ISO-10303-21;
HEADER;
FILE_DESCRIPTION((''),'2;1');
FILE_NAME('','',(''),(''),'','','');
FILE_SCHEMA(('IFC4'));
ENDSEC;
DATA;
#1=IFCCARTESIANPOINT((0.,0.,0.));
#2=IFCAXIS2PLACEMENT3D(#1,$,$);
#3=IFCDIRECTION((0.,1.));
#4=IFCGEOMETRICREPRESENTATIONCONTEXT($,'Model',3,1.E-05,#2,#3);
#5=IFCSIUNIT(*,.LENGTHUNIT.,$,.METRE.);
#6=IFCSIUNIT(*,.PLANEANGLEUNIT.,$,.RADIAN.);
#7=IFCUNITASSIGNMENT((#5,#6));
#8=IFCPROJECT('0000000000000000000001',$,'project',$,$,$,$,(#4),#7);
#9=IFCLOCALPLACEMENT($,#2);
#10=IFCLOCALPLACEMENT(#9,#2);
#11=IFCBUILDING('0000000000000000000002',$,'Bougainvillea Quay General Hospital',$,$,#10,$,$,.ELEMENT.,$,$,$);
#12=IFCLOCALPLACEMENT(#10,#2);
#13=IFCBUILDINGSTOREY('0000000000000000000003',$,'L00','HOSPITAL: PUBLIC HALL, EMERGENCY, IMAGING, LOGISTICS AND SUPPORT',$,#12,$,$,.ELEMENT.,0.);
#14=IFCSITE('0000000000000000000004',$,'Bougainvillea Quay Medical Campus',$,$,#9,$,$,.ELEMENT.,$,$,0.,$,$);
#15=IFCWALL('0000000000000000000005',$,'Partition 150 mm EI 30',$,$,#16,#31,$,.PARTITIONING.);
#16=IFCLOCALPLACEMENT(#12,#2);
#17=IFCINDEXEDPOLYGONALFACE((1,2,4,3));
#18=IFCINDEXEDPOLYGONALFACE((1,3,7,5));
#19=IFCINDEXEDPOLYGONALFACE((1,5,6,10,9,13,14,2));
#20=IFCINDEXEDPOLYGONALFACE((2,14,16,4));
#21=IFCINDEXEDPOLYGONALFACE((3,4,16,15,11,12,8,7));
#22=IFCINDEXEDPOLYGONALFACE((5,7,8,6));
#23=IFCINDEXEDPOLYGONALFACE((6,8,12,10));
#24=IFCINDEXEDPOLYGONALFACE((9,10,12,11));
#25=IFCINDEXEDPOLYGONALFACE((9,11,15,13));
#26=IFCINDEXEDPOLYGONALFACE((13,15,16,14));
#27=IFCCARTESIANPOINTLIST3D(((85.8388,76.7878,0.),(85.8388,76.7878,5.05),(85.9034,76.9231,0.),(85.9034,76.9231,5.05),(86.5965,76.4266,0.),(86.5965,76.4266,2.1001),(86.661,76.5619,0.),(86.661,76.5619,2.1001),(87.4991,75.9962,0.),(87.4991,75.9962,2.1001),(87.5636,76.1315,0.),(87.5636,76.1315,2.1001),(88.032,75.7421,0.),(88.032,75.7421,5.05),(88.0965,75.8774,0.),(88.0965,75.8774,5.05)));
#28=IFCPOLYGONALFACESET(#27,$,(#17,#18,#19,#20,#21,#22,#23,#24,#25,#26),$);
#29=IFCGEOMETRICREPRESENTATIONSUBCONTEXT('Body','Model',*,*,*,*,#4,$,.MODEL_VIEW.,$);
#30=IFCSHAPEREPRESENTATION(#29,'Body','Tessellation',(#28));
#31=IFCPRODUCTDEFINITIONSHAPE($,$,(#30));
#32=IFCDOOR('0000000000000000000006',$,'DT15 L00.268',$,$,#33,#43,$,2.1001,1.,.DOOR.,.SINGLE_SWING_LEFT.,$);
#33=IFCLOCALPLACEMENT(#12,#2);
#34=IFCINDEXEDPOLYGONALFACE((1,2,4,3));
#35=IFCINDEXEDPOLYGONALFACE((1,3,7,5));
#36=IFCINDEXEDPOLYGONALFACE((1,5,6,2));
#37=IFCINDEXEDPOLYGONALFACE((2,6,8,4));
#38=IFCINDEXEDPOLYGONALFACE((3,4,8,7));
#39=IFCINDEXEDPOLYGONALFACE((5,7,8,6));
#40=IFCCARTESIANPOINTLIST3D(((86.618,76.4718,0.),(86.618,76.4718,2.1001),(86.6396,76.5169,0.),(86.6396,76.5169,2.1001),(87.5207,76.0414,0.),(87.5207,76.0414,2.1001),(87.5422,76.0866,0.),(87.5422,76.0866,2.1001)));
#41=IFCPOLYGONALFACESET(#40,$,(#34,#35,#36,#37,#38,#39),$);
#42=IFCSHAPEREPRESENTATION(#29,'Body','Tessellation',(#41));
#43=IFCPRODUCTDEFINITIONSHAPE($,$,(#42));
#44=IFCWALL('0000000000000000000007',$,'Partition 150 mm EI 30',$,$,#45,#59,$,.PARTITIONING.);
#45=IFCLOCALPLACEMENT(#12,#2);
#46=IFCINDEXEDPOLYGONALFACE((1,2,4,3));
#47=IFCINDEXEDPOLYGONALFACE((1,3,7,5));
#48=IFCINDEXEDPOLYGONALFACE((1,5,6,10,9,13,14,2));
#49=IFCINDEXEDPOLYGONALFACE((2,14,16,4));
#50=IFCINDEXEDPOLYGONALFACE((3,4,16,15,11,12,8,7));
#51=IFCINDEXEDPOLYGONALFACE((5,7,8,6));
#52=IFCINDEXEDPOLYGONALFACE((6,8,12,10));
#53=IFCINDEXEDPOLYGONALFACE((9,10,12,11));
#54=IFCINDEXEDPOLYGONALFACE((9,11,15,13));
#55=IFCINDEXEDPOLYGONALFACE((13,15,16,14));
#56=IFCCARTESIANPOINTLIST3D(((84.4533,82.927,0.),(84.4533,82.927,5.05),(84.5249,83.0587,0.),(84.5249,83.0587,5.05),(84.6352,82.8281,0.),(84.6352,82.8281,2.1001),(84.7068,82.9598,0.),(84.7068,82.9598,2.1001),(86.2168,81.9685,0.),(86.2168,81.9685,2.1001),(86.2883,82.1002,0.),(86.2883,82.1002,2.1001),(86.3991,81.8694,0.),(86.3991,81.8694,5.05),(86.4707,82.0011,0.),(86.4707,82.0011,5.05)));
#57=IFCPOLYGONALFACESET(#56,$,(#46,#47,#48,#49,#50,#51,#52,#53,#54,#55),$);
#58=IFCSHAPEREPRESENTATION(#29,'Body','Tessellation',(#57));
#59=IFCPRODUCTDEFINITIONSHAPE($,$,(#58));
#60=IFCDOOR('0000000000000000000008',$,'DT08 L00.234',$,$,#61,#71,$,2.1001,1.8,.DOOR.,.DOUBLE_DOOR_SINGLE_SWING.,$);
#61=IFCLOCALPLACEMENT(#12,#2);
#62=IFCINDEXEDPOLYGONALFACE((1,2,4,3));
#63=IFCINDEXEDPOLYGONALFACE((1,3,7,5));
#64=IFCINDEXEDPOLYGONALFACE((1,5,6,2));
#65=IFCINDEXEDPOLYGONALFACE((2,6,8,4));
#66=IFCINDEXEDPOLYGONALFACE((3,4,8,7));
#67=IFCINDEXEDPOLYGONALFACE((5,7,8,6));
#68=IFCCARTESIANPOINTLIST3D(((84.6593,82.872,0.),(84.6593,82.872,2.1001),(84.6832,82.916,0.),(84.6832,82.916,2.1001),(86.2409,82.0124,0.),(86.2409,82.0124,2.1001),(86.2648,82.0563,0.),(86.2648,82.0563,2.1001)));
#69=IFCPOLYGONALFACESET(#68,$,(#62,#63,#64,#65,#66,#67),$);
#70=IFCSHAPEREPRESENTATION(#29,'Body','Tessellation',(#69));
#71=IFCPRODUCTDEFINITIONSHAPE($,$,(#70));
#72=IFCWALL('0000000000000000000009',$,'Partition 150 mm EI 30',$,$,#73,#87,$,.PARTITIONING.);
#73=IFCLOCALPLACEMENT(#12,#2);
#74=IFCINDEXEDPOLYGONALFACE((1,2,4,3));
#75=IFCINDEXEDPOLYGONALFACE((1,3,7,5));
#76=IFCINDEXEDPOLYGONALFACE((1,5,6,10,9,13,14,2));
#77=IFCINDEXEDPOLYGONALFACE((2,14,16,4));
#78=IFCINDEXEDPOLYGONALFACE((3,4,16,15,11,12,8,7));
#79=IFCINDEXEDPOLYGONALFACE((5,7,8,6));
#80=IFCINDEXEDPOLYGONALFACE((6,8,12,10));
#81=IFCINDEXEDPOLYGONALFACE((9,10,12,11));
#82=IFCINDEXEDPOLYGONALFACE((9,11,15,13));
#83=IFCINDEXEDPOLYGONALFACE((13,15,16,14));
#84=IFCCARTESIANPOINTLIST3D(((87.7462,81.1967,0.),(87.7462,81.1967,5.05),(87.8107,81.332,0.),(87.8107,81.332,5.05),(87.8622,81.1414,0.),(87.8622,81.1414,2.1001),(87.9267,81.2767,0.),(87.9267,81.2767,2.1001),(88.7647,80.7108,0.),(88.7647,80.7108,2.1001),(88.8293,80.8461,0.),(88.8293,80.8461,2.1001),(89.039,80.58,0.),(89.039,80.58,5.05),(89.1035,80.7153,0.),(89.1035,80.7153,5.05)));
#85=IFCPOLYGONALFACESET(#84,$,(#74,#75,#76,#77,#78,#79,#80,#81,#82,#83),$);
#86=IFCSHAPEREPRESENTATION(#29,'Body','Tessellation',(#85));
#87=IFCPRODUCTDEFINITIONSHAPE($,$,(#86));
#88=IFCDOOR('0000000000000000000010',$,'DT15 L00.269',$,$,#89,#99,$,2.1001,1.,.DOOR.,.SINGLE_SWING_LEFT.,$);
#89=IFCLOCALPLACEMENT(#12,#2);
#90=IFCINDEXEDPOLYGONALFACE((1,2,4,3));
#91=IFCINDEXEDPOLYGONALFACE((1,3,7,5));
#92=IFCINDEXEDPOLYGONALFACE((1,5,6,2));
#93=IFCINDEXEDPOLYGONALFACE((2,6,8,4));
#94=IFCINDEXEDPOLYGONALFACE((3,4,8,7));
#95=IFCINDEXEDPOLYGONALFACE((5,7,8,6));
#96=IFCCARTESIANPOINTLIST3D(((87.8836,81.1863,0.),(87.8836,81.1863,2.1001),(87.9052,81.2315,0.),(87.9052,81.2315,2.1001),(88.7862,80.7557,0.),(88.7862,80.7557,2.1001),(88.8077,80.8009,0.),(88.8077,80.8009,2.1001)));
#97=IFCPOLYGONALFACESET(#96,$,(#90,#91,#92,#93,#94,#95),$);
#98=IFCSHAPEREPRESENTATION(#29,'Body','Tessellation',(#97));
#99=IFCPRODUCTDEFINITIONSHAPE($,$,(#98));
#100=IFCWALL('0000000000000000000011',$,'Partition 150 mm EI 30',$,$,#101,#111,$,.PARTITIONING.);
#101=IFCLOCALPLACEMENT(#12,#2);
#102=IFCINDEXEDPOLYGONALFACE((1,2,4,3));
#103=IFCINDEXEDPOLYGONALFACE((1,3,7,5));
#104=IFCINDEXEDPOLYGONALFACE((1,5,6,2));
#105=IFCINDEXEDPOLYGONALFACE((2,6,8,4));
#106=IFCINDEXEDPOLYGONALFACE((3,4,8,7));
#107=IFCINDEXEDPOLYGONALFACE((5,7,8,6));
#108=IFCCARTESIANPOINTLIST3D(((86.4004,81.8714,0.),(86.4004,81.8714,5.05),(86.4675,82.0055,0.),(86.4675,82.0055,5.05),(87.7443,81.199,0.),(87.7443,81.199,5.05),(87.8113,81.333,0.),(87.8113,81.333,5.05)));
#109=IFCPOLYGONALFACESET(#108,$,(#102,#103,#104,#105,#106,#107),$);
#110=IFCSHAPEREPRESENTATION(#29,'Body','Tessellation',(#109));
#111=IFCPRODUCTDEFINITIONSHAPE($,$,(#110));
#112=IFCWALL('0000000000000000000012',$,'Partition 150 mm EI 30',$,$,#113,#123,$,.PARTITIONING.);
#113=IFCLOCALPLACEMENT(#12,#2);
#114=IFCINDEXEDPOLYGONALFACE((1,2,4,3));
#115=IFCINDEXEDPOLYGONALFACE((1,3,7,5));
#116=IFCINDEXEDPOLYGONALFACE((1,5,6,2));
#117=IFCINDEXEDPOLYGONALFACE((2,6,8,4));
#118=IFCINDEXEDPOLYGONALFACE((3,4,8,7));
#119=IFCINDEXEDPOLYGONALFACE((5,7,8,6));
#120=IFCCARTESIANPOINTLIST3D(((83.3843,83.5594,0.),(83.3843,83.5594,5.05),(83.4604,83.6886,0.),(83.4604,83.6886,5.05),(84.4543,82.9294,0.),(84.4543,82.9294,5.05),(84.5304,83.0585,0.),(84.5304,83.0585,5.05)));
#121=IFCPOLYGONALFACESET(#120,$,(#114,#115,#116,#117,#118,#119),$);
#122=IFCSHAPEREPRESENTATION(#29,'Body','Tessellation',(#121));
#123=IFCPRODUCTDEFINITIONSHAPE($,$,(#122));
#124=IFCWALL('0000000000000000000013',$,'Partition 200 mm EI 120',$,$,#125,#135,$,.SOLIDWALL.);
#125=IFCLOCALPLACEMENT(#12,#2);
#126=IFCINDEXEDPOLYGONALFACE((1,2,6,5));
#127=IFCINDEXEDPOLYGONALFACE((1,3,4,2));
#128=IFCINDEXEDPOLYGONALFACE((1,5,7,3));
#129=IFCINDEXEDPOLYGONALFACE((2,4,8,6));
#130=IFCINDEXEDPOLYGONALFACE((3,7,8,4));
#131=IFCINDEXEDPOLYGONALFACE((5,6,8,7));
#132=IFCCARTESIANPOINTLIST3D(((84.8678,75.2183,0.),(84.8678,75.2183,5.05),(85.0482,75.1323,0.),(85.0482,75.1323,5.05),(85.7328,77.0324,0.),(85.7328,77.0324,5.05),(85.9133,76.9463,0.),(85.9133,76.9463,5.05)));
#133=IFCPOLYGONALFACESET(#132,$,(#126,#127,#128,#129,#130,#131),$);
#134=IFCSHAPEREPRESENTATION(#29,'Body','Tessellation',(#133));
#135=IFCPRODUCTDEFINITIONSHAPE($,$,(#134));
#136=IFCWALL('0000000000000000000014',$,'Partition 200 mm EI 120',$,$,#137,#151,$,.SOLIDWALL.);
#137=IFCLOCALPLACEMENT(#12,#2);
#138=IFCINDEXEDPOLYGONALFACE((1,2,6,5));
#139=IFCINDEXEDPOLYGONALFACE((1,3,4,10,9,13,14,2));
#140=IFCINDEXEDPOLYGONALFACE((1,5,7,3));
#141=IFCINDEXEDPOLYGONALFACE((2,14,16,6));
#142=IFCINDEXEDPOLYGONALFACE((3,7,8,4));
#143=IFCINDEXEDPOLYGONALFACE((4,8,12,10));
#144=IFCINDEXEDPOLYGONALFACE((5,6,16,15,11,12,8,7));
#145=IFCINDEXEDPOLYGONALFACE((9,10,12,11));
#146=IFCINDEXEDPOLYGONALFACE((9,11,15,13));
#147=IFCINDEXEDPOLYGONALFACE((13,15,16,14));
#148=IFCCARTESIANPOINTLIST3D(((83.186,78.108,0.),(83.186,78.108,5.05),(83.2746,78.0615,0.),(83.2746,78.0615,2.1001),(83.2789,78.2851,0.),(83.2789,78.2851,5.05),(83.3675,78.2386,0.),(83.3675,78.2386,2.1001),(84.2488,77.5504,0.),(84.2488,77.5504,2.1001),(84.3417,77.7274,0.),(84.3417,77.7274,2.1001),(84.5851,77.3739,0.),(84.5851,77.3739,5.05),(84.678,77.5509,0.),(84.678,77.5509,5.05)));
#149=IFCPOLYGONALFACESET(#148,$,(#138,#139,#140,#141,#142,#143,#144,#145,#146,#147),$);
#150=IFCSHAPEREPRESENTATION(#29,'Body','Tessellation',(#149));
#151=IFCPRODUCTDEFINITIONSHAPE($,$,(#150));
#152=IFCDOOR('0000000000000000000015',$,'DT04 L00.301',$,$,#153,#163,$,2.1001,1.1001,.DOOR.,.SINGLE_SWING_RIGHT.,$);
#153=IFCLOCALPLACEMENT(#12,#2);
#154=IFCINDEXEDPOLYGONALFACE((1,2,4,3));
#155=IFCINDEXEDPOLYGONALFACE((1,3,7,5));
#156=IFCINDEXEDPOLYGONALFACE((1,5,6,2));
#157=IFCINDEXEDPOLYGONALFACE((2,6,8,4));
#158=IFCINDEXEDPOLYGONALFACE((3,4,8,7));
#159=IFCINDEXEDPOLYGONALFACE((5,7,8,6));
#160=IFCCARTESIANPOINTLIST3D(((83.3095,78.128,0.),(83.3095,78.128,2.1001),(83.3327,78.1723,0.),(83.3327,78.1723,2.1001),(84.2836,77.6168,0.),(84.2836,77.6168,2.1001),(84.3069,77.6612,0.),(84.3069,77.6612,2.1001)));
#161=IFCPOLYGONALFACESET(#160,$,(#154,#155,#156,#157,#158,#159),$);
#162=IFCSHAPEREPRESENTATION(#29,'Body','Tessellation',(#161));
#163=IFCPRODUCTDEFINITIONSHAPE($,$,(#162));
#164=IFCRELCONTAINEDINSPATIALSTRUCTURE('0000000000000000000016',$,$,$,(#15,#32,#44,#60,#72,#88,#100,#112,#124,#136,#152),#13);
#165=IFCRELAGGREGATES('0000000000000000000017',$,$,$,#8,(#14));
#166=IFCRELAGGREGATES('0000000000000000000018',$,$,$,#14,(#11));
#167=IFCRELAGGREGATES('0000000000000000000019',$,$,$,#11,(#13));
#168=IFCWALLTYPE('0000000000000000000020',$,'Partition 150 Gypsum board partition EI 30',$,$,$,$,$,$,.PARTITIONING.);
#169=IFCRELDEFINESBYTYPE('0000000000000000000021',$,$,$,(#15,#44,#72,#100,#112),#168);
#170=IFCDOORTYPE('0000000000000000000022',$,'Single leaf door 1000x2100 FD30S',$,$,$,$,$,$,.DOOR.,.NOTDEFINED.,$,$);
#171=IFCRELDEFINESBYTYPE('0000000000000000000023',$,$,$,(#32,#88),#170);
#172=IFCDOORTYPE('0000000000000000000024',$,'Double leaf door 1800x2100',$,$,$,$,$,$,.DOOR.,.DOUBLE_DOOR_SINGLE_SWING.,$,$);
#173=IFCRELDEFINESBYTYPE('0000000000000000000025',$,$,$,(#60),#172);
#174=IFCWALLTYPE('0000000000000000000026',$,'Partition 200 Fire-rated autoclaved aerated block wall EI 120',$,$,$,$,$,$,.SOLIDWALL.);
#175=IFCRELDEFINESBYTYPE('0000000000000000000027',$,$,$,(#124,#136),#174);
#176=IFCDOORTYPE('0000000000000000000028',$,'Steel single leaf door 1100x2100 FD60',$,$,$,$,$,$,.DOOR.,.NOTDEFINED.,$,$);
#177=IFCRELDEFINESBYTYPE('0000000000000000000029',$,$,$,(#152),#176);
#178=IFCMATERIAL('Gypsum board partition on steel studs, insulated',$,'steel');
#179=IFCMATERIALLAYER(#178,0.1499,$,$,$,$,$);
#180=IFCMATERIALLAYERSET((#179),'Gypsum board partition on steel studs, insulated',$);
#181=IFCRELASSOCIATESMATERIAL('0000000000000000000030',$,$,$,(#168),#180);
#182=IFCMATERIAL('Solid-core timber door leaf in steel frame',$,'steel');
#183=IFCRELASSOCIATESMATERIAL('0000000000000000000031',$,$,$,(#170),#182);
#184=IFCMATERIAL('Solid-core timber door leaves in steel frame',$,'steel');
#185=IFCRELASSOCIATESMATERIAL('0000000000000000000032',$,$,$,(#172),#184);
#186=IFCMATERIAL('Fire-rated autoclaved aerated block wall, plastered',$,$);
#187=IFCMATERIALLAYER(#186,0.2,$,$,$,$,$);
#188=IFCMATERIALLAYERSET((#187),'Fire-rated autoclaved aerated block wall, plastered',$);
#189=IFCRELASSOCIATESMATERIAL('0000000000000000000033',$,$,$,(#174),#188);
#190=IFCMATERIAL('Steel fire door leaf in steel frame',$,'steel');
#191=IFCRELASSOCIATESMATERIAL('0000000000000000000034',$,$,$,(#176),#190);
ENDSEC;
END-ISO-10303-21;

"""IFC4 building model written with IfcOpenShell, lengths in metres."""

from ifc_helpers import new_model, si_unit, direction, frame, frame_2d, origin, place, context, subcontext, project, spatial, rectangle, extrude, material, layer, layer_set, type_object, element, fill, save


model = new_model("IFC4")

# Units and contexts
model_context = context("Model", 3, precision=1e-05, world=origin(), true_north=direction((0.0, 1.0)))
body_context = subcontext(model_context, "Body", "Model", "MODEL_VIEW")
ifc_project = project(units=[si_unit("LENGTHUNIT", "METRE"), si_unit("PLANEANGLEUNIT", "RADIAN")], contexts=[model_context])

# Site, building, storey
site_placement = place(None, origin())
site = spatial("IfcSite", under=ifc_project, at=site_placement, Name="Bougainvillea Quay Medical Campus", CompositionType="ELEMENT", RefElevation=0.0)
building_placement = place(site_placement, origin())
building = spatial("IfcBuilding", under=site, at=building_placement, Name="Bougainvillea Quay General Hospital", CompositionType="ELEMENT")
storey_placement = place(building_placement, origin())
storey = spatial("IfcBuildingStorey", under=building, at=storey_placement, Name="L00", Description="HOSPITAL: PUBLIC HALL, EMERGENCY, IMAGING, LOGISTICS AND SUPPORT", CompositionType="ELEMENT", Elevation=0.0)

# Walls, openings, doors
ifc_material_1 = material(Name="Gypsum board partition on steel studs, insulated", Category="steel")
ifc_layer_1 = layer(ifc_material_1, 0.1499)
ifc_layer_set_1 = layer_set([ifc_layer_1], Name="Gypsum board partition on steel studs, insulated")
wall_type_1 = type_object("IfcWallType", Name="Partition 150 Gypsum board partition EI 30", PredefinedType="PARTITIONING", material=ifc_layer_set_1)
wall_1_placement = place(storey_placement, frame((85.8711, 76.8555, 0.0), z_axis=(0.0, 0.0, 1.0), x_axis=(0.902651, -0.430374, 0.0)))
wall_1 = element("IfcWall", 1, at=wall_1_placement, inside=storey, type_object=wall_type_1, Name="Partition 150 mm EI 30", PredefinedType="PARTITIONING", context=body_context, shape_type="SweptSolid", body=[
    extrude(rectangle(XDim=2.4297, YDim=0.1499, at=frame_2d((1.2148, 0.0))), origin(), (0.0, 0.0, 1.0), 5.05),
])
opening_1_placement = place(wall_1_placement, frame((0.8394, 0.0, 0.0)))
opening_1 = element("IfcOpeningElement", 2, at=opening_1_placement, cuts=wall_1, PredefinedType="OPENING", context=body_context, shape_type="SweptSolid", body=[
    extrude(rectangle(XDim=1.0, YDim=2.1001, at=frame_2d((0.5, 1.05))), frame((0.0, 0.085, 0.0), z_axis=(0.0, -1.0, 0.0), x_axis=(1.0, 0.0, 0.0)), (0.0, 0.0, 1.0), 0.1699),
])
ifc_material_2 = material(Name="Solid-core timber door leaf in steel frame", Category="steel")
door_type_1 = type_object("IfcDoorType", Name="Single leaf door 1000x2100 FD30S", OperationType="NOTDEFINED", PredefinedType="DOOR", material=ifc_material_2)
door_1_placement = place(opening_1_placement, frame((1.0, 0.0, 0.0), z_axis=(0.0, 0.0, 1.0), x_axis=(-1.0, 0.0, 0.0)))
door_1 = element("IfcDoor", 3, at=door_1_placement, inside=storey, type_object=door_type_1, Name="DT15 L00.268", OperationType="SINGLE_SWING_LEFT", OverallHeight=2.1001, OverallWidth=1.0, PredefinedType="DOOR", context=body_context, shape_type="SweptSolid", body=[
    extrude(rectangle(XDim=1.0, YDim=2.1001, at=frame_2d((0.5, 1.05))), frame((0.0, 0.0249, 0.0), z_axis=(0.0, -1.0, 0.0), x_axis=(1.0, 0.0, 0.0)), (0.0, 0.0, 1.0), 0.05),
])
fill(opening_1, door_1)
wall_2_placement = place(storey_placement, frame((84.489, 82.9929, 0.0), z_axis=(0.0, 0.0, 1.0), x_axis=(0.878602, -0.477554, 0.0)))
wall_2 = element("IfcWall", 4, at=wall_2_placement, inside=storey, type_object=wall_type_1, Name="Partition 150 mm EI 30", PredefinedType="PARTITIONING", context=body_context, shape_type="SweptSolid", body=[
    extrude(rectangle(XDim=2.2146, YDim=0.1499, at=frame_2d((1.1074, 0.0))), origin(), (0.0, 0.0, 1.0), 5.05),
])
opening_2_placement = place(wall_2_placement, frame((0.2073, 0.0, 0.0)))
opening_2 = element("IfcOpeningElement", 5, at=opening_2_placement, cuts=wall_2, PredefinedType="OPENING", context=body_context, shape_type="SweptSolid", body=[
    extrude(rectangle(XDim=1.8, YDim=2.1001, at=frame_2d((0.8999, 1.05))), frame((0.0, 0.085, 0.0), z_axis=(0.0, -1.0, 0.0), x_axis=(1.0, 0.0, 0.0)), (0.0, 0.0, 1.0), 0.1699),
])
ifc_material_3 = material(Name="Solid-core timber door leaves in steel frame", Category="steel")
door_type_2 = type_object("IfcDoorType", Name="Double leaf door 1800x2100", OperationType="DOUBLE_DOOR_SINGLE_SWING", PredefinedType="DOOR", material=ifc_material_3)
door_2_placement = place(opening_2_placement, frame((1.8, 0.0, 0.0), z_axis=(0.0, 0.0, 1.0), x_axis=(-1.0, 0.0, 0.0)))
door_2 = element("IfcDoor", 6, at=door_2_placement, inside=storey, type_object=door_type_2, Name="DT08 L00.234", OperationType="DOUBLE_DOOR_SINGLE_SWING", OverallHeight=2.1001, OverallWidth=1.8, PredefinedType="DOOR", context=body_context, shape_type="SweptSolid", body=[
    extrude(rectangle(XDim=1.8, YDim=2.1001, at=frame_2d((0.8999, 1.05))), frame((0.0, 0.0249, 0.0), z_axis=(0.0, -1.0, 0.0), x_axis=(1.0, 0.0, 0.0)), (0.0, 0.0, 1.0), 0.05),
])
fill(opening_2, door_2)
wall_3_placement = place(storey_placement, frame((87.7783, 81.2644, 0.0), z_axis=(0.0, 0.0, 1.0), x_axis=(0.902558, -0.430569, 0.0)))
wall_3 = element("IfcWall", 7, at=wall_3_placement, inside=storey, type_object=wall_type_1, Name="Partition 150 mm EI 30", PredefinedType="PARTITIONING", context=body_context, shape_type="SweptSolid", body=[
    extrude(rectangle(XDim=1.4324, YDim=0.1499, at=frame_2d((0.7163, 0.0))), origin(), (0.0, 0.0, 1.0), 5.05),
])
opening_3_placement = place(wall_3_placement, frame((0.1287, 0.0, 0.0)))
opening_3 = element("IfcOpeningElement", 8, at=opening_3_placement, cuts=wall_3, PredefinedType="OPENING", context=body_context, shape_type="SweptSolid", body=[
    extrude(rectangle(XDim=1.0, YDim=2.1001, at=frame_2d((0.5, 1.05))), frame((0.0, 0.085, 0.0), z_axis=(0.0, -1.0, 0.0), x_axis=(1.0, 0.0, 0.0)), (0.0, 0.0, 1.0), 0.1699),
])
door_3_placement = place(opening_3_placement, origin())
door_3 = element("IfcDoor", 9, at=door_3_placement, inside=storey, type_object=door_type_1, Name="DT15 L00.269", OperationType="SINGLE_SWING_LEFT", OverallHeight=2.1001, OverallWidth=1.0, PredefinedType="DOOR", context=body_context, shape_type="SweptSolid", body=[
    extrude(rectangle(XDim=1.0, YDim=2.1001, at=frame_2d((0.5, 1.05))), frame((0.0, 0.0249, 0.0), z_axis=(0.0, -1.0, 0.0), x_axis=(1.0, 0.0, 0.0)), (0.0, 0.0, 1.0), 0.05),
])
fill(opening_3, door_3)

# Walls
wall_4_placement = place(storey_placement, frame((86.4338, 81.9385, 0.0), z_axis=(0.0, 0.0, 1.0), x_axis=(0.894297, -0.447474, 0.0)))
element("IfcWall", 10, at=wall_4_placement, inside=storey, type_object=wall_type_1, Name="Partition 150 mm EI 30", PredefinedType="PARTITIONING", context=body_context, shape_type="SweptSolid", body=[
    extrude(rectangle(XDim=1.5027, YDim=0.1499, at=frame_2d((0.7515, 0.0))), origin(), (0.0, 0.0, 1.0), 5.05),
])
wall_5_placement = place(storey_placement, frame((83.4224, 83.624, 0.0), z_axis=(0.0, 0.0, 1.0), x_axis=(0.861697, -0.507424, 0.0)))
element("IfcWall", 11, at=wall_5_placement, inside=storey, type_object=wall_type_1, Name="Partition 150 mm EI 30", PredefinedType="PARTITIONING", context=body_context, shape_type="SweptSolid", body=[
    extrude(rectangle(XDim=1.2417, YDim=0.1499, at=frame_2d((0.6208, 0.0))), origin(), (0.0, 0.0, 1.0), 5.05),
])
ifc_material_4 = material(Name="Fire-rated autoclaved aerated block wall, plastered")
ifc_layer_2 = layer(ifc_material_4, 0.2)
ifc_layer_set_2 = layer_set([ifc_layer_2], Name="Fire-rated autoclaved aerated block wall, plastered")
wall_type_2 = type_object("IfcWallType", Name="Partition 200 Fire-rated autoclaved aerated block wall EI 120", PredefinedType="SOLIDWALL", material=ifc_layer_set_2)
wall_6_placement = place(storey_placement, frame((84.958, 75.1753, 0.0), z_axis=(0.0, 0.0, 1.0), x_axis=(0.430419, 0.902629, 0.0)))
element("IfcWall", 12, at=wall_6_placement, inside=storey, type_object=wall_type_2, Name="Partition 200 mm EI 120", PredefinedType="SOLIDWALL", context=body_context, shape_type="SweptSolid", body=[
    extrude(rectangle(XDim=2.0098, YDim=0.2, at=frame_2d((1.0049, 0.0))), origin(), (0.0, 0.0, 1.0), 5.05),
])

# Wall, opening, door
wall_7_placement = place(storey_placement, frame((83.2324, 78.1965, 0.0), z_axis=(0.0, 0.0, 1.0), x_axis=(0.885511, -0.464619, 0.0)))
wall_7 = element("IfcWall", 13, at=wall_7_placement, inside=storey, type_object=wall_type_2, Name="Partition 200 mm EI 120", PredefinedType="SOLIDWALL", context=body_context, shape_type="SweptSolid", body=[
    extrude(rectangle(XDim=1.5801, YDim=0.2, at=frame_2d((0.79, 0.0))), origin(), (0.0, 0.0, 1.0), 5.05),
])
opening_4_placement = place(wall_7_placement, frame((0.1001, 0.0, 0.0)))
opening_4 = element("IfcOpeningElement", 14, at=opening_4_placement, cuts=wall_7, PredefinedType="OPENING", context=body_context, shape_type="SweptSolid", body=[
    extrude(rectangle(XDim=1.1001, YDim=2.1001, at=frame_2d((0.55, 1.05))), frame((0.0, 0.1099, 0.0), z_axis=(0.0, -1.0, 0.0), x_axis=(1.0, 0.0, 0.0)), (0.0, 0.0, 1.0), 0.22),
])
ifc_material_5 = material(Name="Steel fire door leaf in steel frame", Category="steel")
door_type_3 = type_object("IfcDoorType", Name="Steel single leaf door 1100x2100 FD60", OperationType="NOTDEFINED", PredefinedType="DOOR", material=ifc_material_5)
door_4_placement = place(opening_4_placement, frame((1.1001, 0.0, 0.0), z_axis=(0.0, 0.0, 1.0), x_axis=(-1.0, 0.0, 0.0)))
door_4 = element("IfcDoor", 15, at=door_4_placement, inside=storey, type_object=door_type_3, Name="DT04 L00.301", OperationType="SINGLE_SWING_RIGHT", OverallHeight=2.1001, OverallWidth=1.1001, PredefinedType="DOOR", context=body_context, shape_type="SweptSolid", body=[
    extrude(rectangle(XDim=1.1001, YDim=2.1001, at=frame_2d((0.55, 1.05))), frame((0.0, 0.0249, 0.0), z_axis=(0.0, -1.0, 0.0), x_axis=(1.0, 0.0, 0.0)), (0.0, 0.0, 1.0), 0.05),
])
fill(opening_4, door_4)

save(model, "model.ifc")
